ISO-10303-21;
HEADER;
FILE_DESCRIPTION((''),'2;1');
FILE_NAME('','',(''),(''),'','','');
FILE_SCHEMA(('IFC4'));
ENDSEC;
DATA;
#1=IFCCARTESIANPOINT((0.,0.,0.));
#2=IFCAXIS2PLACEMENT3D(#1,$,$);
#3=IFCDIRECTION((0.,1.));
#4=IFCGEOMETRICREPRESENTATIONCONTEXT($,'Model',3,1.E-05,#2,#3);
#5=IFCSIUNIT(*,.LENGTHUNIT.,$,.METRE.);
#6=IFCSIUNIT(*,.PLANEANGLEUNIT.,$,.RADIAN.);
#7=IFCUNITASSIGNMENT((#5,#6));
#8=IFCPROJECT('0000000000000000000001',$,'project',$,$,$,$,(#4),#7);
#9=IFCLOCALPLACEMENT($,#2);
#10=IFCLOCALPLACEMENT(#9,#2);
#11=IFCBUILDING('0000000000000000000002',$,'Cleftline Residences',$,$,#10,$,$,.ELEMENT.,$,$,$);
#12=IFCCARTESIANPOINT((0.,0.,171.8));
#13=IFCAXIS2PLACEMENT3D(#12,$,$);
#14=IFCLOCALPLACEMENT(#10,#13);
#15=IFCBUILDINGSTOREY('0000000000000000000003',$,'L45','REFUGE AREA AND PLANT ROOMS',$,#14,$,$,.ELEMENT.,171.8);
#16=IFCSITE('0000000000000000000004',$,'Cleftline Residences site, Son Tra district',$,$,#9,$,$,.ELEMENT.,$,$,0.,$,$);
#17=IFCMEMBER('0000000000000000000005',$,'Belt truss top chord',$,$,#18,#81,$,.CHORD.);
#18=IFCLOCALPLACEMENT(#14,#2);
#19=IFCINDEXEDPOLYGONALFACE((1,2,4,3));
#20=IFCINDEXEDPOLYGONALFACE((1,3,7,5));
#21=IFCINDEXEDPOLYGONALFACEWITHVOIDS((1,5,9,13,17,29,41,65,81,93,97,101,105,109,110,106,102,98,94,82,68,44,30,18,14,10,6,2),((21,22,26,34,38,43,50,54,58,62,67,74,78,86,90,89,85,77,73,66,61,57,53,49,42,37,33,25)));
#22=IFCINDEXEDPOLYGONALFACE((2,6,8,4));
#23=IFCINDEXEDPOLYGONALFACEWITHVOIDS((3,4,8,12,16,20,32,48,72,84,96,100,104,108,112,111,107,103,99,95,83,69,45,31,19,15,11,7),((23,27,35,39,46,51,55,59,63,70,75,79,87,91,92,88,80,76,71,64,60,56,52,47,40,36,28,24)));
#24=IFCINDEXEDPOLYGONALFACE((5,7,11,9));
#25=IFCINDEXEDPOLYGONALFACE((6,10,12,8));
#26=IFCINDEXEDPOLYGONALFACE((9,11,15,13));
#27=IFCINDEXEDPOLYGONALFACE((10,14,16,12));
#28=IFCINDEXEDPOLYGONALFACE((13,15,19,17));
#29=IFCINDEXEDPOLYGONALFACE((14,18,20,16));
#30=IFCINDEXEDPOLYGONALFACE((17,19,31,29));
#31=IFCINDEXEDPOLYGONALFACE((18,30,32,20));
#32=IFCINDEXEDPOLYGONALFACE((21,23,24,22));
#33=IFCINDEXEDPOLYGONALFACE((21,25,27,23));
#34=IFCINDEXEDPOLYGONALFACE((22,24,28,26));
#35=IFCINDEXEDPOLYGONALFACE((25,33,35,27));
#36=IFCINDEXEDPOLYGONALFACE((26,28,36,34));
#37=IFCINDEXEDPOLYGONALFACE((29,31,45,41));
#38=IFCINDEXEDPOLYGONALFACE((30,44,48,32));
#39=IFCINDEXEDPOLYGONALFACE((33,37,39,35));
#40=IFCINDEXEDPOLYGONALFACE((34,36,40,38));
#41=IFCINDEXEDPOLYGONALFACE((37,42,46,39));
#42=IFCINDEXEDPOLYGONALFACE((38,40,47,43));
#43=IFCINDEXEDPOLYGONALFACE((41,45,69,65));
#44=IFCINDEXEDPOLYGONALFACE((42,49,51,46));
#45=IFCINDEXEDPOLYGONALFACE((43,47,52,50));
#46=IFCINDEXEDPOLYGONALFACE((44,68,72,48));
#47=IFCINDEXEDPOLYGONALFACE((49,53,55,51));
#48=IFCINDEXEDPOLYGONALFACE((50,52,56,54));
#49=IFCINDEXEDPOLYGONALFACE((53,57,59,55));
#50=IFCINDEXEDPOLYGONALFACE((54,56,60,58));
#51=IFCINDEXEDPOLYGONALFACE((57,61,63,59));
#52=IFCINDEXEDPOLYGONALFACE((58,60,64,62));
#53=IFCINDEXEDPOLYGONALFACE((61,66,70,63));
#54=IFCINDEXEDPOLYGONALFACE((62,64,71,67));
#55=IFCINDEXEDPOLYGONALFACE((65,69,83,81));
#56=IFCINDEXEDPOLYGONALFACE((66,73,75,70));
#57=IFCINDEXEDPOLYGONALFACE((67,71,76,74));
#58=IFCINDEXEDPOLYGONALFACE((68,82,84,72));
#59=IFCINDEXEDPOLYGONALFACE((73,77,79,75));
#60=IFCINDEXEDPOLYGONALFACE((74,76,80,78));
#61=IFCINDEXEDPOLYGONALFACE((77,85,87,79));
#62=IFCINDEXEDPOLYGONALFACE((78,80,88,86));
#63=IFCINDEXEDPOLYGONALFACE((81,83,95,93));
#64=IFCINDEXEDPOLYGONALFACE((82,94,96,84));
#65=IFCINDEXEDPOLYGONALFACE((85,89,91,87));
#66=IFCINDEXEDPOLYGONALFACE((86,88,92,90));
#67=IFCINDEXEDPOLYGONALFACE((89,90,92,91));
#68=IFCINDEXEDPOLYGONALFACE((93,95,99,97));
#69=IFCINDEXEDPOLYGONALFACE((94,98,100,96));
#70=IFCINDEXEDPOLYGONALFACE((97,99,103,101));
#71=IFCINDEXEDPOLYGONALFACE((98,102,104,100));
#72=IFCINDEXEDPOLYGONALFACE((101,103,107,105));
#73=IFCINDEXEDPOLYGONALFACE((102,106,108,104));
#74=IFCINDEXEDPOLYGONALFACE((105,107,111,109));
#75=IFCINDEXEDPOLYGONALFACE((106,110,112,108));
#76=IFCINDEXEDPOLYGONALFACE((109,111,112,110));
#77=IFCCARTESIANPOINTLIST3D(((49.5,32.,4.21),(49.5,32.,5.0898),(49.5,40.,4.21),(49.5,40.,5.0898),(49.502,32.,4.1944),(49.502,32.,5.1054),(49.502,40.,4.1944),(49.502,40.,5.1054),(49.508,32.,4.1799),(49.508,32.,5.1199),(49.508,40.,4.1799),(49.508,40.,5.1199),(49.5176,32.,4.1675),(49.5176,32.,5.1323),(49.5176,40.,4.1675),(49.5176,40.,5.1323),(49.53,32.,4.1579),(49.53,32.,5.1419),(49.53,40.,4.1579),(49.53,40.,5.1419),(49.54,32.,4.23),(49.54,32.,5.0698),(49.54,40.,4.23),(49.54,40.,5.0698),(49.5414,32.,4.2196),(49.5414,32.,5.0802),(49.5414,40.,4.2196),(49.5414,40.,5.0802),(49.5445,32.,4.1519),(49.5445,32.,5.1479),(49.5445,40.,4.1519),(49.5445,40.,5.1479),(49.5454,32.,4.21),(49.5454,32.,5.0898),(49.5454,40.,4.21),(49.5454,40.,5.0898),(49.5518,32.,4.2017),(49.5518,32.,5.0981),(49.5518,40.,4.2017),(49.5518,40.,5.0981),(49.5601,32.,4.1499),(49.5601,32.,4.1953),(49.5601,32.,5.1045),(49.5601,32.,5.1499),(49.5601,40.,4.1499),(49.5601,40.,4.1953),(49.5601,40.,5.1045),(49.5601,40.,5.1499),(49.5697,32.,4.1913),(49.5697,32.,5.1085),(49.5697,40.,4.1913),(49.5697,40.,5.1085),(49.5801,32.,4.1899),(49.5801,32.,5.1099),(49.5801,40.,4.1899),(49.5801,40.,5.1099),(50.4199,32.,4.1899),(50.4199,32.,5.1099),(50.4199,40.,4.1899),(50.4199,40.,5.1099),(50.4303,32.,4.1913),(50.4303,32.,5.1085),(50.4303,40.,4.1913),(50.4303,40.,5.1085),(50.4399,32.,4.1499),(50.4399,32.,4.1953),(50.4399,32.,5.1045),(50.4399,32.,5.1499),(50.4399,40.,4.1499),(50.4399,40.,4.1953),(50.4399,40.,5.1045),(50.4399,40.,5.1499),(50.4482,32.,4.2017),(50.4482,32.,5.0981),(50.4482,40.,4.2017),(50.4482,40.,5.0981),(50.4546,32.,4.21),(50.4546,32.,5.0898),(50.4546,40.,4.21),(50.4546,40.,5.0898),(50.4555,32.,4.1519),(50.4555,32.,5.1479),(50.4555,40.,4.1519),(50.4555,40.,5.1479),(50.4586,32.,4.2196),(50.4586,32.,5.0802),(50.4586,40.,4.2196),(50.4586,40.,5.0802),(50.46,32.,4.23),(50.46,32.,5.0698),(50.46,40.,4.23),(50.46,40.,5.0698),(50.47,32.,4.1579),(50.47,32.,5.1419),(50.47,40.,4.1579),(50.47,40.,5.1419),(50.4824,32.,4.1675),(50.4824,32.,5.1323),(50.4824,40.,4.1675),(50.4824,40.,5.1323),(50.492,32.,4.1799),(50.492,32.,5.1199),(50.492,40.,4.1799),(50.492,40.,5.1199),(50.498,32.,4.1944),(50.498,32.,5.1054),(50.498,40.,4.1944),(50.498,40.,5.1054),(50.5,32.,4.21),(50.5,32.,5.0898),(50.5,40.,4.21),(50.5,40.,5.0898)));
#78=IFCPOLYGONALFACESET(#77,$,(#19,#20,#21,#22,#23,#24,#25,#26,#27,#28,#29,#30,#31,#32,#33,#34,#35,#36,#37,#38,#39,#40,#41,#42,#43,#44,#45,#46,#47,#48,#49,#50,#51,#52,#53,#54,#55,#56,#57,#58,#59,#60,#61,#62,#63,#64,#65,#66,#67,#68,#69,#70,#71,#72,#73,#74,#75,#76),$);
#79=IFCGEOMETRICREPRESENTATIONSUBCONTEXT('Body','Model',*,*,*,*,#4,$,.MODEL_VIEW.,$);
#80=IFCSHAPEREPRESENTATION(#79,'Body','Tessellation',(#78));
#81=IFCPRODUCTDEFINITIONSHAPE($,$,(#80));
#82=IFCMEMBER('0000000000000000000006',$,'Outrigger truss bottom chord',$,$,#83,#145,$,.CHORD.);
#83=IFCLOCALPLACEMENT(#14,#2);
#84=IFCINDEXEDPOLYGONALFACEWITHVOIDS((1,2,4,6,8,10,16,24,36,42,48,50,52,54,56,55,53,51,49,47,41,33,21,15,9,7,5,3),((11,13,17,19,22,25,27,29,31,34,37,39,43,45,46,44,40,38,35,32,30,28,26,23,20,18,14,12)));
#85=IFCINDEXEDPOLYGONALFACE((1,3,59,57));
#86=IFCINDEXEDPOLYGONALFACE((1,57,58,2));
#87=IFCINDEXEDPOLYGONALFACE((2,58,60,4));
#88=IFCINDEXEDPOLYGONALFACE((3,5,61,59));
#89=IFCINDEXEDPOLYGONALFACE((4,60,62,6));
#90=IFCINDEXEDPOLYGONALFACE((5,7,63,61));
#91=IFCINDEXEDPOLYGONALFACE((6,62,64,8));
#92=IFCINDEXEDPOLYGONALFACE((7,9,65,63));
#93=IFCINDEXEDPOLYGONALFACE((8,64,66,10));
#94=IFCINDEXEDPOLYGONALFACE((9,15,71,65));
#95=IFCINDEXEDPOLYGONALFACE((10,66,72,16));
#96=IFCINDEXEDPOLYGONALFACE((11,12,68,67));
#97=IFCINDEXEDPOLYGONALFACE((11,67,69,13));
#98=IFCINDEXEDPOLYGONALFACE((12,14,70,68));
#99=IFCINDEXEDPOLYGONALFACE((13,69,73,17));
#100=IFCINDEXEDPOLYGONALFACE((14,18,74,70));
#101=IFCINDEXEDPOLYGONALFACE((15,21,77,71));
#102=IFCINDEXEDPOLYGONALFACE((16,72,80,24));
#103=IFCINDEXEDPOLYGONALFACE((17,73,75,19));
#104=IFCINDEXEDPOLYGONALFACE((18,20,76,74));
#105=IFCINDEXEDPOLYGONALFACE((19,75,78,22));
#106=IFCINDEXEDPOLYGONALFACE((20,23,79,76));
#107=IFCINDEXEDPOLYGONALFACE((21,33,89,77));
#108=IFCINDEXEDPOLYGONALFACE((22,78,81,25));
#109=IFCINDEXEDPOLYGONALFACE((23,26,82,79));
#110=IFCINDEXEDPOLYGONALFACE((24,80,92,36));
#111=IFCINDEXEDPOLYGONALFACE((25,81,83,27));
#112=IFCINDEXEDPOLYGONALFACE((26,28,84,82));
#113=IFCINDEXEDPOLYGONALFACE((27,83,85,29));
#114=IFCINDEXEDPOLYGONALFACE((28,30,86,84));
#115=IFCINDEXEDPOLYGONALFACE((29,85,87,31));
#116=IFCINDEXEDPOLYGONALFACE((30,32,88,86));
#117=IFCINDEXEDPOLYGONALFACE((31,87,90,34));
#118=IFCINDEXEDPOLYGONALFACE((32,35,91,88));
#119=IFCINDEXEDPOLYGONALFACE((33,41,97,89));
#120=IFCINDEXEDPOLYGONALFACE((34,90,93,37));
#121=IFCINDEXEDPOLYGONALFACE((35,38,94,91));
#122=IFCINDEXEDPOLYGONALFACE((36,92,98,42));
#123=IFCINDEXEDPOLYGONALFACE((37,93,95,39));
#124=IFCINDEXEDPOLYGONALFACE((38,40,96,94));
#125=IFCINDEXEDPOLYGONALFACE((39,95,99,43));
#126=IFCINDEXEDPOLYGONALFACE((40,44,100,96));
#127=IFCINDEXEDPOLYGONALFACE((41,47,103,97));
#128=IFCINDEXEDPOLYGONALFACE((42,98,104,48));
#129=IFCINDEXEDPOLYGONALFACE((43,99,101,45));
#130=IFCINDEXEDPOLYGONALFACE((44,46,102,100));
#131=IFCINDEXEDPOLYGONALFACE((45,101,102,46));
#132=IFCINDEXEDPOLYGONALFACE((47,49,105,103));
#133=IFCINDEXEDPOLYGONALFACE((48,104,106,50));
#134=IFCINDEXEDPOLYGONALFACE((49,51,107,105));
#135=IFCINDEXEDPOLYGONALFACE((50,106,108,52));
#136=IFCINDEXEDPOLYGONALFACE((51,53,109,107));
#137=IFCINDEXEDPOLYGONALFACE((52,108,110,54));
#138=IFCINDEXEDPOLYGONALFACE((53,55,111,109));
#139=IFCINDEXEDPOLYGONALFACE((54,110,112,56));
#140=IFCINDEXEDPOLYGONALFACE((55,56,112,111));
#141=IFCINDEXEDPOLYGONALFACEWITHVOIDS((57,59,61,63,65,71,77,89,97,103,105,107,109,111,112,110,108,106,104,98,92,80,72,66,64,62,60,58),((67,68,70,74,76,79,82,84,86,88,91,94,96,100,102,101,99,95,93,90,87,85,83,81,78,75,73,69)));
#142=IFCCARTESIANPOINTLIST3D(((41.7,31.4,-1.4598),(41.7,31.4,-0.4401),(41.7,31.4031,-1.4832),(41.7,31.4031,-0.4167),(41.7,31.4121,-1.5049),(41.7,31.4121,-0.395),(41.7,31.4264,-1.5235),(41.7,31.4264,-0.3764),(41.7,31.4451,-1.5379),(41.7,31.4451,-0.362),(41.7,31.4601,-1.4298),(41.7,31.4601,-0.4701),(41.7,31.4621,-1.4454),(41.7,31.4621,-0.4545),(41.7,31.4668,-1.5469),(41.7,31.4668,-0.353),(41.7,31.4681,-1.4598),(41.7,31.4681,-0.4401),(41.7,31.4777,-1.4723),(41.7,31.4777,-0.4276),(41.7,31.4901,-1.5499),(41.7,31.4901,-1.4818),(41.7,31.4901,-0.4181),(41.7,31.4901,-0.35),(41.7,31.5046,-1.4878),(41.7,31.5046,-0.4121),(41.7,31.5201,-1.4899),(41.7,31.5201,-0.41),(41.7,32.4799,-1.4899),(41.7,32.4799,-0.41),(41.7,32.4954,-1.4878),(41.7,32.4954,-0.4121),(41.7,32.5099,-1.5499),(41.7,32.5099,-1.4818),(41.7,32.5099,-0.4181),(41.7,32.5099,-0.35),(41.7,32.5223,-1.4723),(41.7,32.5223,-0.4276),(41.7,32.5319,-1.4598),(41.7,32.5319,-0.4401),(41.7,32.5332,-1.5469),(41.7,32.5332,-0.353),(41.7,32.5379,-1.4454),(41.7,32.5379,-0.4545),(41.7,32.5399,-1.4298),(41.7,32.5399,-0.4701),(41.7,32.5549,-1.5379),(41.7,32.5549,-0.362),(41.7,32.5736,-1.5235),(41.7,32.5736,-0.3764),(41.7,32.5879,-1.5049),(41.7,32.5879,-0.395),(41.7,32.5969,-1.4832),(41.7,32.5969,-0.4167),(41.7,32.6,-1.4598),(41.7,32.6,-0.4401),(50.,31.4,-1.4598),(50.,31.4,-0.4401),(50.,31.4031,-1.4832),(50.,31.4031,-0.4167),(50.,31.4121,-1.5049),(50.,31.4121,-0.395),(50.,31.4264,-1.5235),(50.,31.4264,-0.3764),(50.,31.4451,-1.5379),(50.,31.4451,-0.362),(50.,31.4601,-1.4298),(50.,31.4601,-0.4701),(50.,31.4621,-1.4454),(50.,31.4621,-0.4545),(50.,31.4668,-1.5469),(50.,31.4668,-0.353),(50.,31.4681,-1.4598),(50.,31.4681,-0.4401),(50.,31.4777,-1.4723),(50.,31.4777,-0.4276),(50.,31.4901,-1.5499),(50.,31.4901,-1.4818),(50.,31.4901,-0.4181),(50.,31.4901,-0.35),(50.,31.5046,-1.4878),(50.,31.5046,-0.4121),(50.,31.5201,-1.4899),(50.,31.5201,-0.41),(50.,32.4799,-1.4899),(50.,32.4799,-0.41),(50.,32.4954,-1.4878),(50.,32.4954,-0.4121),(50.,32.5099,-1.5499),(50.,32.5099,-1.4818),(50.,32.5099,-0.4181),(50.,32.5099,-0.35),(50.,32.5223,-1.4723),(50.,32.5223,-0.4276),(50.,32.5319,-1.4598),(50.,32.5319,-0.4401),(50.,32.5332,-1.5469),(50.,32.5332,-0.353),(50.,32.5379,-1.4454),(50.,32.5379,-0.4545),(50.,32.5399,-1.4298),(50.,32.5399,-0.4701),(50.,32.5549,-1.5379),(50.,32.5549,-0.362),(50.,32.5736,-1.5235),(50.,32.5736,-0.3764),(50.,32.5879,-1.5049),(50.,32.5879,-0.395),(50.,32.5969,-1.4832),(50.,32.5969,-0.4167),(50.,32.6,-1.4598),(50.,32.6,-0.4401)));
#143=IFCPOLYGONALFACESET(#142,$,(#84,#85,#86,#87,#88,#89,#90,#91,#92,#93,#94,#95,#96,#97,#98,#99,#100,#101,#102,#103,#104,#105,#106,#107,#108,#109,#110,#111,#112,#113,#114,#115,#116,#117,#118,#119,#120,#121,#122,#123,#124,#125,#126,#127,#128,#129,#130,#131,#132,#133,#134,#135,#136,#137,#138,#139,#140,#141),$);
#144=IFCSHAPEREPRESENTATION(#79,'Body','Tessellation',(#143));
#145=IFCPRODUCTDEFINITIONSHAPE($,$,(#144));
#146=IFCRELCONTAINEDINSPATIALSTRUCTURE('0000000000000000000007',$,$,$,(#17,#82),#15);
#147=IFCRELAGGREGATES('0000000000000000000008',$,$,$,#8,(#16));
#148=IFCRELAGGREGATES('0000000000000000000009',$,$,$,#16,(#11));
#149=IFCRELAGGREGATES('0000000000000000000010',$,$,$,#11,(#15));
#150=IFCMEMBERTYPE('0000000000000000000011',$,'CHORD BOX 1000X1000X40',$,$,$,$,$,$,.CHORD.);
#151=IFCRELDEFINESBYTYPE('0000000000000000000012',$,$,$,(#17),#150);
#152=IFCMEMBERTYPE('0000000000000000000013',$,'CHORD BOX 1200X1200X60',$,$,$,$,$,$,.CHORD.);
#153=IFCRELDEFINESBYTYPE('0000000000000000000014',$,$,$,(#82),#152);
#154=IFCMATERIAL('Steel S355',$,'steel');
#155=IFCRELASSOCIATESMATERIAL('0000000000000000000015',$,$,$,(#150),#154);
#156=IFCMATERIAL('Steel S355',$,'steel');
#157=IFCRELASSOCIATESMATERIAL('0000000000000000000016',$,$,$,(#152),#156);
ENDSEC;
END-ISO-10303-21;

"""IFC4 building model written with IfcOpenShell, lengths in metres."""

from ifc_helpers import new_model, si_unit, direction, frame, origin, origin_2d, place, context, subcontext, project, spatial, hollow_rectangle, extrude, material, material_profile, profile_set, type_object, element, save


model = new_model("IFC4")

# Units and contexts
model_context = context("Model", 3, precision=1e-05, world=origin(), true_north=direction((0.0, 1.0)))
body_context = subcontext(model_context, "Body", "Model", "MODEL_VIEW")
ifc_project = project(units=[si_unit("LENGTHUNIT", "METRE"), si_unit("PLANEANGLEUNIT", "RADIAN")], contexts=[model_context])

# Site, building, storey
site_placement = place(None, origin())
site = spatial("IfcSite", under=ifc_project, at=site_placement, Name="Cleftline Residences site, Son Tra district", CompositionType="ELEMENT", RefElevation=0.0)
building_placement = place(site_placement, origin())
building = spatial("IfcBuilding", under=site, at=building_placement, Name="Cleftline Residences", CompositionType="ELEMENT")
storey_placement = place(building_placement, frame((0.0, 0.0, 171.8)))
storey = spatial("IfcBuildingStorey", under=building, at=storey_placement, Name="L45", Description="REFUGE AREA AND PLANT ROOMS", CompositionType="ELEMENT", Elevation=171.8)

# Members
ifc_material_1 = material(Name="Steel S355", Category="steel")
ifc_material_profile_1 = material_profile(ifc_material_1, hollow_rectangle(XDim=1.0, YDim=1.0, WallThickness=0.04, InnerFilletRadius=0.04, OuterFilletRadius=0.0601, at=origin_2d()))
ifc_profile_set_1 = profile_set([ifc_material_profile_1], Name="Steel S355")
member_type_1 = type_object("IfcMemberType", Name="CHORD BOX 1000X1000X40", PredefinedType="CHORD", material=ifc_profile_set_1)
for number, where, z_axis, x_axis, name in (
    (1, (50.0, 32.0, 4.6499), (0.0, 1.0, 0.0), (-1.0, 0.0, 0.0), "Belt truss top chord"),
):
    element("IfcMember", number, at=place(storey_placement, frame(where, z_axis=z_axis, x_axis=x_axis)), inside=storey, type_object=member_type_1, Name=name, PredefinedType="CHORD", context=body_context, shape_type="SweptSolid", body=[
        extrude(hollow_rectangle(XDim=1.0, YDim=1.0, WallThickness=0.04, InnerFilletRadius=0.04, OuterFilletRadius=0.0601, at=origin_2d()), origin(), (0.0, 0.0, 1.0), 8.0),
    ])
ifc_material_2 = material(Name="Steel S355", Category="steel")
ifc_material_profile_2 = material_profile(ifc_material_2, hollow_rectangle(XDim=1.2, YDim=1.2, WallThickness=0.0601, InnerFilletRadius=0.0601, OuterFilletRadius=0.0901, at=origin_2d()))
ifc_profile_set_2 = profile_set([ifc_material_profile_2], Name="Steel S355")
member_type_2 = type_object("IfcMemberType", Name="CHORD BOX 1200X1200X60", PredefinedType="CHORD", material=ifc_profile_set_2)
for number, where, z_axis, x_axis, name in (
    (2, (41.7, 32.0, -0.95), (1.0, 0.0, 0.0), (0.0, 1.0, 0.0), "Outrigger truss bottom chord"),
):
    element("IfcMember", number, at=place(storey_placement, frame(where, z_axis=z_axis, x_axis=x_axis)), inside=storey, type_object=member_type_2, Name=name, PredefinedType="CHORD", context=body_context, shape_type="SweptSolid", body=[
        extrude(hollow_rectangle(XDim=1.2, YDim=1.2, WallThickness=0.0601, InnerFilletRadius=0.0601, OuterFilletRadius=0.0901, at=origin_2d()), origin(), (0.0, 0.0, 1.0), 8.3),
    ])

save(model, "model.ifc")
